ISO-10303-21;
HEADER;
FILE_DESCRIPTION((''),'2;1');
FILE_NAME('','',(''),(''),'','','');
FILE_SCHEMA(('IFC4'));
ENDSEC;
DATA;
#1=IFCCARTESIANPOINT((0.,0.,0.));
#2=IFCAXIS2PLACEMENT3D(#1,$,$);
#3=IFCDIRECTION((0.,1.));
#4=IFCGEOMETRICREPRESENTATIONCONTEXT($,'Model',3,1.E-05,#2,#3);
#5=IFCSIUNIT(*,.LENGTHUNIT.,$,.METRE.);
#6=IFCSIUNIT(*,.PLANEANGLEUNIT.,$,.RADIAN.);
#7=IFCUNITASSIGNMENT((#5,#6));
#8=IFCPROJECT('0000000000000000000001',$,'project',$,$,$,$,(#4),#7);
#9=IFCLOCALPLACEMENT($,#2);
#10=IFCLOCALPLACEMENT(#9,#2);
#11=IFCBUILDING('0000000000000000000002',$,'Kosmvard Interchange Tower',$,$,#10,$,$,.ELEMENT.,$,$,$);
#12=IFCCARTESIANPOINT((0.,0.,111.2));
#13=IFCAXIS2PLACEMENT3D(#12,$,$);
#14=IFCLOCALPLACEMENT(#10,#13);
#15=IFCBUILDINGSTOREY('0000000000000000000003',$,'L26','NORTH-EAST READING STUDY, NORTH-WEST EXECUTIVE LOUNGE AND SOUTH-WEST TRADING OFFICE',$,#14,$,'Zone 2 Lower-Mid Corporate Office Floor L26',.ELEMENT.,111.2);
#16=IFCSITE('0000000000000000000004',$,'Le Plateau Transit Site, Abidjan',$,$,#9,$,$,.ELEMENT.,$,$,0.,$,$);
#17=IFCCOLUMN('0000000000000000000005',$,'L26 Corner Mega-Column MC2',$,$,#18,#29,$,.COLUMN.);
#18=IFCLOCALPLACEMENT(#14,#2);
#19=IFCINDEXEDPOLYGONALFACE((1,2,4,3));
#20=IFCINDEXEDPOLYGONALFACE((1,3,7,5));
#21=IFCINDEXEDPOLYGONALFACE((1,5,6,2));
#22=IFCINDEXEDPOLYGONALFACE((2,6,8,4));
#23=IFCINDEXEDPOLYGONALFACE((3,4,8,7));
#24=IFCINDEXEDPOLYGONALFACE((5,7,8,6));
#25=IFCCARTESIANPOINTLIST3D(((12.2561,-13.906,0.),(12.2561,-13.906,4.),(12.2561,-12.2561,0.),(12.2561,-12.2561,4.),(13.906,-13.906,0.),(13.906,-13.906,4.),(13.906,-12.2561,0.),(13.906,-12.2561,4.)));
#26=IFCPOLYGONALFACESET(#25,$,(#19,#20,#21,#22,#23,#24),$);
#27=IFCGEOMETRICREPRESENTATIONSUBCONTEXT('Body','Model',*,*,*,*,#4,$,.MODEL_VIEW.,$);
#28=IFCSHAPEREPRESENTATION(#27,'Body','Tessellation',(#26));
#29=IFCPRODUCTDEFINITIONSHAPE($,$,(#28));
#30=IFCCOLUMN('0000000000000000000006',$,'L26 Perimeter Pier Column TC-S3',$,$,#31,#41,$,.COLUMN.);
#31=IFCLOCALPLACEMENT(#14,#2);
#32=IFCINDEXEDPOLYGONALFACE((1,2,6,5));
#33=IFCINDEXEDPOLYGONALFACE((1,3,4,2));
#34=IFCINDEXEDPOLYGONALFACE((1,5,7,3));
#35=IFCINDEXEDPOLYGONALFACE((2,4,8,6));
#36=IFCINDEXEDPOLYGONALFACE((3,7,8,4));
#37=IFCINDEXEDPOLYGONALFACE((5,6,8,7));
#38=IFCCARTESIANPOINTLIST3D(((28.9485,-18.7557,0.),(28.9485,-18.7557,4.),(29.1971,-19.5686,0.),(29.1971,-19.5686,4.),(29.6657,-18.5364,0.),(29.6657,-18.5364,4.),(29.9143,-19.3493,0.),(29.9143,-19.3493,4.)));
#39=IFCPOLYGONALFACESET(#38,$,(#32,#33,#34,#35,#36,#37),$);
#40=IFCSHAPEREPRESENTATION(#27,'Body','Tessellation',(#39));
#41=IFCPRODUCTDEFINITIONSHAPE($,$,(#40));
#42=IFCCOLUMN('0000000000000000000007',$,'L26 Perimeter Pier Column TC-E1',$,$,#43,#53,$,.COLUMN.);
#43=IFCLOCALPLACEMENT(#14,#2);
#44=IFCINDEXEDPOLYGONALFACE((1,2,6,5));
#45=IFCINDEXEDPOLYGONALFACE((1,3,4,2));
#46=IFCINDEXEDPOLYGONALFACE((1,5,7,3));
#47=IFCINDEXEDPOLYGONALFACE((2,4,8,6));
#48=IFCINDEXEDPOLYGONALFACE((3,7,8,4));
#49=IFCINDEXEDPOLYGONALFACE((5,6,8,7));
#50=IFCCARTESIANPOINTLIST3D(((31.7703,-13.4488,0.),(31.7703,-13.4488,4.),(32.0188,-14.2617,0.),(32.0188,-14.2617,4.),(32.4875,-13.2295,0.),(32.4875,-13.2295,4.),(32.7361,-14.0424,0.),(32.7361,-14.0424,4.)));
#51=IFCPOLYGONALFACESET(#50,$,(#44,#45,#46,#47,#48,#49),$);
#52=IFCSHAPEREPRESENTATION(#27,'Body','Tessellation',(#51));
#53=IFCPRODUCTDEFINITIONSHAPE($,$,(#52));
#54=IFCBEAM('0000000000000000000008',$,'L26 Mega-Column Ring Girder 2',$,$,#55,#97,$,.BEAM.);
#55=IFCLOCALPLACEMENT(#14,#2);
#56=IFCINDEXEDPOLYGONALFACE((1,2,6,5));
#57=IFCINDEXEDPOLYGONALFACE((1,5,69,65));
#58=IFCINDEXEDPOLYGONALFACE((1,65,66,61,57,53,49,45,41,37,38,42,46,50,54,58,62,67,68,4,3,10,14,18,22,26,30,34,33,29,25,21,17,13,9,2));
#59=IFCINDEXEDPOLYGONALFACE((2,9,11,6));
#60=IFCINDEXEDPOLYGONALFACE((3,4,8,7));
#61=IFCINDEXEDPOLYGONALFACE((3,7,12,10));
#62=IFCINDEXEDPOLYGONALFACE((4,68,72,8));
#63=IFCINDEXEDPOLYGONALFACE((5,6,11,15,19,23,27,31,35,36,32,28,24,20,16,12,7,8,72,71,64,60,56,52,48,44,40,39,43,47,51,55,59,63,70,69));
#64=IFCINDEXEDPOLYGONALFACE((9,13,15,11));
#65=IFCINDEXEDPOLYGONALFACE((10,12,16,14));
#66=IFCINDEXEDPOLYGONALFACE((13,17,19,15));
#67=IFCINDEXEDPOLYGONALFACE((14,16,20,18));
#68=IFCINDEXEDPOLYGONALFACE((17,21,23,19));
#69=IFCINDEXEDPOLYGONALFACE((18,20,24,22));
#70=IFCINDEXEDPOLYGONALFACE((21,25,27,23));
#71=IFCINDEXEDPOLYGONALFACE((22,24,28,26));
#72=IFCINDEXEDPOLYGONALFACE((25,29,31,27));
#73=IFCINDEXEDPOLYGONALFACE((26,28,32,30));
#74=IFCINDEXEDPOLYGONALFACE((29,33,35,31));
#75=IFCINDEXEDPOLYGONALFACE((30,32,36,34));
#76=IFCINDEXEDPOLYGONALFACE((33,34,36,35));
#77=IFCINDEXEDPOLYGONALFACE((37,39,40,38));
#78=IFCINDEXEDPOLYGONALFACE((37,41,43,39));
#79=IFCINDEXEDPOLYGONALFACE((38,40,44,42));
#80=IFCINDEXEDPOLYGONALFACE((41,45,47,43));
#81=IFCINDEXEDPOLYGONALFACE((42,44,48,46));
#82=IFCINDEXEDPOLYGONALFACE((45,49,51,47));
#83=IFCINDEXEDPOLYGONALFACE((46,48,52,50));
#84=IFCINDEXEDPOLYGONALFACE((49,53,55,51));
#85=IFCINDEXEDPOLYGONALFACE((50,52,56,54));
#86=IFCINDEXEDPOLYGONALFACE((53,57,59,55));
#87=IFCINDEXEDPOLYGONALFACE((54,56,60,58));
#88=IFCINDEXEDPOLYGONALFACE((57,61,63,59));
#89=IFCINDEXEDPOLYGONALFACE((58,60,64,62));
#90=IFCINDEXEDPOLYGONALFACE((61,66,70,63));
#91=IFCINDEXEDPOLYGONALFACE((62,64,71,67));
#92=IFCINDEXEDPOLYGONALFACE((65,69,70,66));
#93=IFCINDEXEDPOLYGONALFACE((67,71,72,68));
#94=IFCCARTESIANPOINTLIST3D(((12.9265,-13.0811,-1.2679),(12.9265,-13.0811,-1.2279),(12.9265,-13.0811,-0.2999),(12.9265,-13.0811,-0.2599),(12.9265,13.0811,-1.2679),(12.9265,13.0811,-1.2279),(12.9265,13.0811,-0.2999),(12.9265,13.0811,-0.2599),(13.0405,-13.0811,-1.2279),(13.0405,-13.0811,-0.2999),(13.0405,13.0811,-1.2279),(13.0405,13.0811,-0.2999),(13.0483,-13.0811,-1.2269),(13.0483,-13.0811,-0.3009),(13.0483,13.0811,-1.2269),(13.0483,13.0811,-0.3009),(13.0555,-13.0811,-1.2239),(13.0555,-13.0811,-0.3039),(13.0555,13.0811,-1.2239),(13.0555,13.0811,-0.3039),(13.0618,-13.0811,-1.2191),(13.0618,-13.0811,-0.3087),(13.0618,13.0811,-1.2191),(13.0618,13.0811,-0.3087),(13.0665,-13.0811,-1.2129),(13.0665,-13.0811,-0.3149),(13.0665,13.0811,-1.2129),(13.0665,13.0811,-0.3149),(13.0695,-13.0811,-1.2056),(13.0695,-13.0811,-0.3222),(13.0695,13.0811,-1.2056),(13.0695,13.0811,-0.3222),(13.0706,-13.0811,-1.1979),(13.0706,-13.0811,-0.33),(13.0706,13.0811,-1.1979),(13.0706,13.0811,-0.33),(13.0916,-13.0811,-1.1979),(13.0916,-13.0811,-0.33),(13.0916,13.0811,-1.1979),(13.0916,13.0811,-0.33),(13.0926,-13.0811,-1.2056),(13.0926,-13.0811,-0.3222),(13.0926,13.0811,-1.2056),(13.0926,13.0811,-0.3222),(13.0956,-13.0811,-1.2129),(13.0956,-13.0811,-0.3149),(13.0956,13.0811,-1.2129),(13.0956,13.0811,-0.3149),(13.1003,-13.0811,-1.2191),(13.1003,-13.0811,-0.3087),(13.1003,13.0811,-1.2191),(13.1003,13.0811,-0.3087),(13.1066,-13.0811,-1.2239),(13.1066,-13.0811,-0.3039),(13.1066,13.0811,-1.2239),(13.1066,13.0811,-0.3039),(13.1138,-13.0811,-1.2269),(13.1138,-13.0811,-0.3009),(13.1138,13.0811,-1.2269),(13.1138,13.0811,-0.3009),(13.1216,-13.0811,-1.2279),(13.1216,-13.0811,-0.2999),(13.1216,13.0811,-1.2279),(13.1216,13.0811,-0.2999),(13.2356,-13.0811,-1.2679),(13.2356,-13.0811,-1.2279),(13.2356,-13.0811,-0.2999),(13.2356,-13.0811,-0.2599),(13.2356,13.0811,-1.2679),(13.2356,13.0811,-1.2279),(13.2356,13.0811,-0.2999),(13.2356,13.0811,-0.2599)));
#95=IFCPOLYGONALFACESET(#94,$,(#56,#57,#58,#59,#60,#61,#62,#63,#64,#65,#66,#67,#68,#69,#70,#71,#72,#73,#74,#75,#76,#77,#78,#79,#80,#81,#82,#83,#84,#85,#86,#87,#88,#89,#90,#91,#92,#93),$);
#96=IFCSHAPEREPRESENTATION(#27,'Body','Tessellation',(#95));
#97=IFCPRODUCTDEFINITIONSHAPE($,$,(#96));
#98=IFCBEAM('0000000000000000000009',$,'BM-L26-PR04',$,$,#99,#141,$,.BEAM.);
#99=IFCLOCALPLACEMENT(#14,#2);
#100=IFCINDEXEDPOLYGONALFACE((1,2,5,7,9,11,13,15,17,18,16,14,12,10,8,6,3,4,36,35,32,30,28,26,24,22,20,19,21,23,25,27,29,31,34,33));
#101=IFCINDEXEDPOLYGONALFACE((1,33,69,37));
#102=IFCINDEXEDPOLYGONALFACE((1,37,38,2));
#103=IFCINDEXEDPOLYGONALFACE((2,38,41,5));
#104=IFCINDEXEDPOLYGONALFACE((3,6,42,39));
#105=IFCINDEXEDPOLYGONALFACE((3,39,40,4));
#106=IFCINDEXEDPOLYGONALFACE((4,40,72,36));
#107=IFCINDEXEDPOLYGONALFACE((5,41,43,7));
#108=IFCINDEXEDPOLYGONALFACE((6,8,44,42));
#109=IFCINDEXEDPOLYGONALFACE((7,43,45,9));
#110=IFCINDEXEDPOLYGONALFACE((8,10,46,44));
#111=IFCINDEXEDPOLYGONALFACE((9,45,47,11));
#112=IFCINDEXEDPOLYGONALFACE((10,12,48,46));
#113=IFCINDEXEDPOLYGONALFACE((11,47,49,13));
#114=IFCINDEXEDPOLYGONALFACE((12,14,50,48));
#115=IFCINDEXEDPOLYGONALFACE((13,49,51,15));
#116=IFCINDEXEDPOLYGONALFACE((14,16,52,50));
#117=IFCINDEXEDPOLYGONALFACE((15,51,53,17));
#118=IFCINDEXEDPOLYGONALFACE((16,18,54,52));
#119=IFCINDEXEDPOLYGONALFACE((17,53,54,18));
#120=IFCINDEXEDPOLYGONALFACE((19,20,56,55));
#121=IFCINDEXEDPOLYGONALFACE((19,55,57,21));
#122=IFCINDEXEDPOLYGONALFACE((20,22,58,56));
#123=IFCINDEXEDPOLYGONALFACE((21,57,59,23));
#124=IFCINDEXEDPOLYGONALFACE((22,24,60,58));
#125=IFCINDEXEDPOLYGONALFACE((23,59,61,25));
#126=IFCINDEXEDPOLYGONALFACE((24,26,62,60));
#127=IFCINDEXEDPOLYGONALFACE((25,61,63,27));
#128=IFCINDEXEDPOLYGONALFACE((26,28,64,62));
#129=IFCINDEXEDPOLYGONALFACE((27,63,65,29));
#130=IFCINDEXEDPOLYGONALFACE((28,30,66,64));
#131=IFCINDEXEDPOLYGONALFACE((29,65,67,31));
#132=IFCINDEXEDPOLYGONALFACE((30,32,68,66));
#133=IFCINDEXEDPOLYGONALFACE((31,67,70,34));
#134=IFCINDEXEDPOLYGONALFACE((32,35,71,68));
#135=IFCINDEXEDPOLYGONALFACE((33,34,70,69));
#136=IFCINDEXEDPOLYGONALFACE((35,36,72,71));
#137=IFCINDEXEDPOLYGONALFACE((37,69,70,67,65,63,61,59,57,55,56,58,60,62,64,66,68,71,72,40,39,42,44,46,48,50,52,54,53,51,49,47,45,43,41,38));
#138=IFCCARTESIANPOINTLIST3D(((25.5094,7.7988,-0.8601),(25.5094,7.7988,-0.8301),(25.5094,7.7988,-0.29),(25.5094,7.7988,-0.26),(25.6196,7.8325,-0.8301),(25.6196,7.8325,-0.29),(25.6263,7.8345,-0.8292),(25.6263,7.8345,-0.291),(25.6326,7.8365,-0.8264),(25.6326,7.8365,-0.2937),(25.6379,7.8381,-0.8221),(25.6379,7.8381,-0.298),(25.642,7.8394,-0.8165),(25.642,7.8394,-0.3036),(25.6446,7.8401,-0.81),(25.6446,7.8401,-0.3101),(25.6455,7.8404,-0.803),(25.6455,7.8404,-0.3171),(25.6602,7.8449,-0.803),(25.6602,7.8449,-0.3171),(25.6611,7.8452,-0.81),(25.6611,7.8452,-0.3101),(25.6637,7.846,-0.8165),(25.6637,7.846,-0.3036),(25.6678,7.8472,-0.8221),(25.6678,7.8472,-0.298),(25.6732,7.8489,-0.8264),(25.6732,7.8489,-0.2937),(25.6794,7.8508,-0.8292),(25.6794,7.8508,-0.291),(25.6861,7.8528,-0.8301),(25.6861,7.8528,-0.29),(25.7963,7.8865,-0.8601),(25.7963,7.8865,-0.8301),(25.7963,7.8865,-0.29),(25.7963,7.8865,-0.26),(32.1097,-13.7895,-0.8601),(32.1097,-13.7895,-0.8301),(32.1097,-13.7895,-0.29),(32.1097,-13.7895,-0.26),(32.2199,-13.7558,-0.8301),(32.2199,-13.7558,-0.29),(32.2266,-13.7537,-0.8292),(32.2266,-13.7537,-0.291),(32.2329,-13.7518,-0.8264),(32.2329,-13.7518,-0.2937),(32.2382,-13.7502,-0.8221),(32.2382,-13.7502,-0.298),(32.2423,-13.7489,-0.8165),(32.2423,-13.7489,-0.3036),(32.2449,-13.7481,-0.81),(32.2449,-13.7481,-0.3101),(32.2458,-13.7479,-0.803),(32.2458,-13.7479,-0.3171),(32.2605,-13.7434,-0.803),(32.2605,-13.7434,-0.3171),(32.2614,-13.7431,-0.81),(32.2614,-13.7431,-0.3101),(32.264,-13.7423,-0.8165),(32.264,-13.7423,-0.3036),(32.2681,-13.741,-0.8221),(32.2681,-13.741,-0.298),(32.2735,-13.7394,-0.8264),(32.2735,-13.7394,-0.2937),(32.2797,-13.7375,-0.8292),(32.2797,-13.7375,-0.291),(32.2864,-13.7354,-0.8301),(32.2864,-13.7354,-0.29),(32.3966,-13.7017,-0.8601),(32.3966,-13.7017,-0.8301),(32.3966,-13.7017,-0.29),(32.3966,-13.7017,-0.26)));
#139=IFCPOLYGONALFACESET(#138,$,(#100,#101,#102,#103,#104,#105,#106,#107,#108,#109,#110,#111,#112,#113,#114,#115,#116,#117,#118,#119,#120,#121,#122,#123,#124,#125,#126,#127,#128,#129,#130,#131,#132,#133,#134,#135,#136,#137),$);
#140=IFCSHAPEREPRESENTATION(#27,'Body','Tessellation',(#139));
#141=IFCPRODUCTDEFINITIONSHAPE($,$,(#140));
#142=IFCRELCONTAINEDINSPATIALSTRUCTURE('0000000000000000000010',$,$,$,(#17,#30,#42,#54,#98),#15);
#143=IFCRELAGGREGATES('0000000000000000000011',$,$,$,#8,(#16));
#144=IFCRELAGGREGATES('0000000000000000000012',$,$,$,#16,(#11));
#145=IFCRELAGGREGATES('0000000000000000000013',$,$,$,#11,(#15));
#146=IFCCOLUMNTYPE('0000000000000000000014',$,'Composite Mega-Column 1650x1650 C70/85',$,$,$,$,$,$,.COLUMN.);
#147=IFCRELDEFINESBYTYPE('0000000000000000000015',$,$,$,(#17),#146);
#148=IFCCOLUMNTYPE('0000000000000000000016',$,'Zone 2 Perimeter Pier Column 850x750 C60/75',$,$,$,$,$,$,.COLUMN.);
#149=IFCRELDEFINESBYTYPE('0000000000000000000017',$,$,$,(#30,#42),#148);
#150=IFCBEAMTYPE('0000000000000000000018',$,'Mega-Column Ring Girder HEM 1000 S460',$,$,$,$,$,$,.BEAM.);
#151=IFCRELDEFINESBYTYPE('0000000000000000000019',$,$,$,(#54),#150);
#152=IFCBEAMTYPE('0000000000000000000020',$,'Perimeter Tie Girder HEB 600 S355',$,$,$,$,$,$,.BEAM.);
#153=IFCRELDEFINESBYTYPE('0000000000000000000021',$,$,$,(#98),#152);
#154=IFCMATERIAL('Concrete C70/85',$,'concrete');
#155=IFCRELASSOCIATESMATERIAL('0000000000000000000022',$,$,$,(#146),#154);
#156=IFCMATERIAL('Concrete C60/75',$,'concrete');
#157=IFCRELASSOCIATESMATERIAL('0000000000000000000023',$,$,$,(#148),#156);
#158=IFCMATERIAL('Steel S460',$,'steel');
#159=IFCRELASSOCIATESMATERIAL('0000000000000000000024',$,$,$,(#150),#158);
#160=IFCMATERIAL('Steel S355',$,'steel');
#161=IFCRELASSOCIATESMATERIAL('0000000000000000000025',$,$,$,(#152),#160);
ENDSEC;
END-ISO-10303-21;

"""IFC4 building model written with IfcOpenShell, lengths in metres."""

from ifc_helpers import new_model, si_unit, direction, frame, origin, origin_2d, place, context, subcontext, project, spatial, rectangle, i_section, extrude, source, transform, mapped, material, material_profile, profile_set, type_object, element, save


model = new_model("IFC4")

# Units and contexts
model_context = context("Model", 3, precision=1e-05, world=origin(), true_north=direction((0.0, 1.0)))
body_context = subcontext(model_context, "Body", "Model", "MODEL_VIEW")
ifc_project = project(units=[si_unit("LENGTHUNIT", "METRE"), si_unit("PLANEANGLEUNIT", "RADIAN")], contexts=[model_context])

# Site, building, storey
site_placement = place(None, origin())
site = spatial("IfcSite", under=ifc_project, at=site_placement, Name="Le Plateau Transit Site, Abidjan", CompositionType="ELEMENT", RefElevation=0.0)
building_placement = place(site_placement, origin())
building = spatial("IfcBuilding", under=site, at=building_placement, Name="Kosmvard Interchange Tower", CompositionType="ELEMENT")
storey_placement = place(building_placement, frame((0.0, 0.0, 111.2)))
storey = spatial("IfcBuildingStorey", under=building, at=storey_placement, Name="L26", Description="NORTH-EAST READING STUDY, NORTH-WEST EXECUTIVE LOUNGE AND SOUTH-WEST TRADING OFFICE", LongName="Zone 2 Lower-Mid Corporate Office Floor L26", CompositionType="ELEMENT", Elevation=111.2)

# Columns
ifc_material_1 = material(Name="Concrete C70/85", Category="concrete")
ifc_material_profile_1 = material_profile(ifc_material_1, rectangle(XDim=1.6499, YDim=1.6499, at=origin_2d()), Name="MC 1650x1650")
ifc_profile_set_1 = profile_set([ifc_material_profile_1], Name="Concrete C70/85")
column_type_1 = type_object("IfcColumnType", Name="Composite Mega-Column 1650x1650 C70/85", PredefinedType="COLUMN", material=ifc_profile_set_1)
shared_shape_1 = source(origin(), body_context, "Body", "SweptSolid", [
    extrude(rectangle(XDim=1.6499, YDim=1.6499, at=origin_2d()), origin(), (0.0, 0.0, 1.0), 4.0),
])
column_placement = place(storey_placement, frame((13.0811, -13.0811, 0.0), z_axis=(0.0, 0.0, 1.0), x_axis=(1.0, 0.0, 0.0)))
element("IfcColumn", 1, at=column_placement, inside=storey, type_object=column_type_1, Name="L26 Corner Mega-Column MC2", PredefinedType="COLUMN", context=body_context, shape_type="MappedRepresentation", body=[
    mapped(shared_shape_1, transform((0.0, 0.0, 0.0), scale=1.0)),
])
ifc_material_2 = material(Name="Concrete C60/75", Category="concrete")
ifc_material_profile_2 = material_profile(ifc_material_2, rectangle(XDim=0.75, YDim=0.8501, at=origin_2d()), Name="TC 850x750")
ifc_profile_set_2 = profile_set([ifc_material_profile_2], Name="Concrete C60/75")
column_type_2 = type_object("IfcColumnType", Name="Zone 2 Perimeter Pier Column 850x750 C60/75", PredefinedType="COLUMN", material=ifc_profile_set_2)
shared_shape_2 = source(origin(), body_context, "Body", "SweptSolid", [
    extrude(rectangle(XDim=0.75, YDim=0.8501, at=origin_2d()), origin(), (0.0, 0.0, 1.0), 4.0),
])
for number, where, z_axis, x_axis, name in (
    (2, (29.4314, -19.0525, 0.0), (0.0, 0.0, 1.0), (0.956305, 0.292372, 0.0), "L26 Perimeter Pier Column TC-S3"),
    (3, (32.2532, -13.7456, 0.0), (0.0, 0.0, 1.0), (0.956305, 0.292372, 0.0), "L26 Perimeter Pier Column TC-E1"),
):
    element("IfcColumn", number, at=place(storey_placement, frame(where, z_axis=z_axis, x_axis=x_axis)), inside=storey, type_object=column_type_2, Name=name, PredefinedType="COLUMN", context=body_context, shape_type="MappedRepresentation", body=[
        mapped(shared_shape_2, transform((0.0, 0.0, 0.0), scale=1.0)),
    ])

# Beams
ifc_material_3 = material(Name="Steel S460", Category="steel")
ifc_material_profile_3 = material_profile(ifc_material_3, i_section(OverallWidth=0.3091, OverallDepth=1.0081, WebThickness=0.021, FlangeThickness=0.04, FilletRadius=0.03, at=origin_2d()), Name="HEM 1000")
ifc_profile_set_3 = profile_set([ifc_material_profile_3], Name="Steel S460")
beam_type_1 = type_object("IfcBeamType", Name="Mega-Column Ring Girder HEM 1000 S460", PredefinedType="BEAM", material=ifc_profile_set_3)
shared_shape_3 = source(origin(), body_context, "Body", "SweptSolid", [
    extrude(i_section(OverallWidth=0.3091, OverallDepth=1.0081, WebThickness=0.021, FlangeThickness=0.04, FilletRadius=0.03, at=origin_2d()), origin(), (0.0, 0.0, 1.0), 26.1621),
])
beam_1_placement = place(storey_placement, frame((13.0811, -13.0811, -0.7639), z_axis=(0.0, 1.0, 0.0), x_axis=(-1.0, 0.0, 0.0)))
element("IfcBeam", 4, at=beam_1_placement, inside=storey, type_object=beam_type_1, Name="L26 Mega-Column Ring Girder 2", PredefinedType="BEAM", context=body_context, shape_type="MappedRepresentation", body=[
    mapped(shared_shape_3, transform((0.0, 0.0, 0.0), scale=1.0)),
])
ifc_material_4 = material(Name="Steel S355", Category="steel")
ifc_material_profile_4 = material_profile(ifc_material_4, i_section(OverallWidth=0.3, OverallDepth=0.6001, WebThickness=0.0154, FlangeThickness=0.03, FilletRadius=0.0271, at=origin_2d()), Name="HEB 600")
ifc_profile_set_4 = profile_set([ifc_material_profile_4], Name="Steel S355")
beam_type_2 = type_object("IfcBeamType", Name="Perimeter Tie Girder HEB 600 S355", PredefinedType="BEAM", material=ifc_profile_set_4)
shared_shape_4 = source(origin(), body_context, "Body", "SweptSolid", [
    extrude(i_section(OverallWidth=0.3, OverallDepth=0.6001, WebThickness=0.0154, FlangeThickness=0.03, FilletRadius=0.0271, at=origin_2d()), origin(), (0.0, 0.0, 1.0), 22.5747),
])
beam_2_placement = place(storey_placement, frame((32.2532, -13.7456, -0.5601), z_axis=(-0.292376, 0.956303, 0.0), x_axis=(-0.956303, -0.292376, 0.0)))
element("IfcBeam", 5, at=beam_2_placement, inside=storey, type_object=beam_type_2, Name="BM-L26-PR04", PredefinedType="BEAM", context=body_context, shape_type="MappedRepresentation", body=[
    mapped(shared_shape_4, transform((0.0, 0.0, 0.0), scale=1.0)),
])

save(model, "model.ifc")
